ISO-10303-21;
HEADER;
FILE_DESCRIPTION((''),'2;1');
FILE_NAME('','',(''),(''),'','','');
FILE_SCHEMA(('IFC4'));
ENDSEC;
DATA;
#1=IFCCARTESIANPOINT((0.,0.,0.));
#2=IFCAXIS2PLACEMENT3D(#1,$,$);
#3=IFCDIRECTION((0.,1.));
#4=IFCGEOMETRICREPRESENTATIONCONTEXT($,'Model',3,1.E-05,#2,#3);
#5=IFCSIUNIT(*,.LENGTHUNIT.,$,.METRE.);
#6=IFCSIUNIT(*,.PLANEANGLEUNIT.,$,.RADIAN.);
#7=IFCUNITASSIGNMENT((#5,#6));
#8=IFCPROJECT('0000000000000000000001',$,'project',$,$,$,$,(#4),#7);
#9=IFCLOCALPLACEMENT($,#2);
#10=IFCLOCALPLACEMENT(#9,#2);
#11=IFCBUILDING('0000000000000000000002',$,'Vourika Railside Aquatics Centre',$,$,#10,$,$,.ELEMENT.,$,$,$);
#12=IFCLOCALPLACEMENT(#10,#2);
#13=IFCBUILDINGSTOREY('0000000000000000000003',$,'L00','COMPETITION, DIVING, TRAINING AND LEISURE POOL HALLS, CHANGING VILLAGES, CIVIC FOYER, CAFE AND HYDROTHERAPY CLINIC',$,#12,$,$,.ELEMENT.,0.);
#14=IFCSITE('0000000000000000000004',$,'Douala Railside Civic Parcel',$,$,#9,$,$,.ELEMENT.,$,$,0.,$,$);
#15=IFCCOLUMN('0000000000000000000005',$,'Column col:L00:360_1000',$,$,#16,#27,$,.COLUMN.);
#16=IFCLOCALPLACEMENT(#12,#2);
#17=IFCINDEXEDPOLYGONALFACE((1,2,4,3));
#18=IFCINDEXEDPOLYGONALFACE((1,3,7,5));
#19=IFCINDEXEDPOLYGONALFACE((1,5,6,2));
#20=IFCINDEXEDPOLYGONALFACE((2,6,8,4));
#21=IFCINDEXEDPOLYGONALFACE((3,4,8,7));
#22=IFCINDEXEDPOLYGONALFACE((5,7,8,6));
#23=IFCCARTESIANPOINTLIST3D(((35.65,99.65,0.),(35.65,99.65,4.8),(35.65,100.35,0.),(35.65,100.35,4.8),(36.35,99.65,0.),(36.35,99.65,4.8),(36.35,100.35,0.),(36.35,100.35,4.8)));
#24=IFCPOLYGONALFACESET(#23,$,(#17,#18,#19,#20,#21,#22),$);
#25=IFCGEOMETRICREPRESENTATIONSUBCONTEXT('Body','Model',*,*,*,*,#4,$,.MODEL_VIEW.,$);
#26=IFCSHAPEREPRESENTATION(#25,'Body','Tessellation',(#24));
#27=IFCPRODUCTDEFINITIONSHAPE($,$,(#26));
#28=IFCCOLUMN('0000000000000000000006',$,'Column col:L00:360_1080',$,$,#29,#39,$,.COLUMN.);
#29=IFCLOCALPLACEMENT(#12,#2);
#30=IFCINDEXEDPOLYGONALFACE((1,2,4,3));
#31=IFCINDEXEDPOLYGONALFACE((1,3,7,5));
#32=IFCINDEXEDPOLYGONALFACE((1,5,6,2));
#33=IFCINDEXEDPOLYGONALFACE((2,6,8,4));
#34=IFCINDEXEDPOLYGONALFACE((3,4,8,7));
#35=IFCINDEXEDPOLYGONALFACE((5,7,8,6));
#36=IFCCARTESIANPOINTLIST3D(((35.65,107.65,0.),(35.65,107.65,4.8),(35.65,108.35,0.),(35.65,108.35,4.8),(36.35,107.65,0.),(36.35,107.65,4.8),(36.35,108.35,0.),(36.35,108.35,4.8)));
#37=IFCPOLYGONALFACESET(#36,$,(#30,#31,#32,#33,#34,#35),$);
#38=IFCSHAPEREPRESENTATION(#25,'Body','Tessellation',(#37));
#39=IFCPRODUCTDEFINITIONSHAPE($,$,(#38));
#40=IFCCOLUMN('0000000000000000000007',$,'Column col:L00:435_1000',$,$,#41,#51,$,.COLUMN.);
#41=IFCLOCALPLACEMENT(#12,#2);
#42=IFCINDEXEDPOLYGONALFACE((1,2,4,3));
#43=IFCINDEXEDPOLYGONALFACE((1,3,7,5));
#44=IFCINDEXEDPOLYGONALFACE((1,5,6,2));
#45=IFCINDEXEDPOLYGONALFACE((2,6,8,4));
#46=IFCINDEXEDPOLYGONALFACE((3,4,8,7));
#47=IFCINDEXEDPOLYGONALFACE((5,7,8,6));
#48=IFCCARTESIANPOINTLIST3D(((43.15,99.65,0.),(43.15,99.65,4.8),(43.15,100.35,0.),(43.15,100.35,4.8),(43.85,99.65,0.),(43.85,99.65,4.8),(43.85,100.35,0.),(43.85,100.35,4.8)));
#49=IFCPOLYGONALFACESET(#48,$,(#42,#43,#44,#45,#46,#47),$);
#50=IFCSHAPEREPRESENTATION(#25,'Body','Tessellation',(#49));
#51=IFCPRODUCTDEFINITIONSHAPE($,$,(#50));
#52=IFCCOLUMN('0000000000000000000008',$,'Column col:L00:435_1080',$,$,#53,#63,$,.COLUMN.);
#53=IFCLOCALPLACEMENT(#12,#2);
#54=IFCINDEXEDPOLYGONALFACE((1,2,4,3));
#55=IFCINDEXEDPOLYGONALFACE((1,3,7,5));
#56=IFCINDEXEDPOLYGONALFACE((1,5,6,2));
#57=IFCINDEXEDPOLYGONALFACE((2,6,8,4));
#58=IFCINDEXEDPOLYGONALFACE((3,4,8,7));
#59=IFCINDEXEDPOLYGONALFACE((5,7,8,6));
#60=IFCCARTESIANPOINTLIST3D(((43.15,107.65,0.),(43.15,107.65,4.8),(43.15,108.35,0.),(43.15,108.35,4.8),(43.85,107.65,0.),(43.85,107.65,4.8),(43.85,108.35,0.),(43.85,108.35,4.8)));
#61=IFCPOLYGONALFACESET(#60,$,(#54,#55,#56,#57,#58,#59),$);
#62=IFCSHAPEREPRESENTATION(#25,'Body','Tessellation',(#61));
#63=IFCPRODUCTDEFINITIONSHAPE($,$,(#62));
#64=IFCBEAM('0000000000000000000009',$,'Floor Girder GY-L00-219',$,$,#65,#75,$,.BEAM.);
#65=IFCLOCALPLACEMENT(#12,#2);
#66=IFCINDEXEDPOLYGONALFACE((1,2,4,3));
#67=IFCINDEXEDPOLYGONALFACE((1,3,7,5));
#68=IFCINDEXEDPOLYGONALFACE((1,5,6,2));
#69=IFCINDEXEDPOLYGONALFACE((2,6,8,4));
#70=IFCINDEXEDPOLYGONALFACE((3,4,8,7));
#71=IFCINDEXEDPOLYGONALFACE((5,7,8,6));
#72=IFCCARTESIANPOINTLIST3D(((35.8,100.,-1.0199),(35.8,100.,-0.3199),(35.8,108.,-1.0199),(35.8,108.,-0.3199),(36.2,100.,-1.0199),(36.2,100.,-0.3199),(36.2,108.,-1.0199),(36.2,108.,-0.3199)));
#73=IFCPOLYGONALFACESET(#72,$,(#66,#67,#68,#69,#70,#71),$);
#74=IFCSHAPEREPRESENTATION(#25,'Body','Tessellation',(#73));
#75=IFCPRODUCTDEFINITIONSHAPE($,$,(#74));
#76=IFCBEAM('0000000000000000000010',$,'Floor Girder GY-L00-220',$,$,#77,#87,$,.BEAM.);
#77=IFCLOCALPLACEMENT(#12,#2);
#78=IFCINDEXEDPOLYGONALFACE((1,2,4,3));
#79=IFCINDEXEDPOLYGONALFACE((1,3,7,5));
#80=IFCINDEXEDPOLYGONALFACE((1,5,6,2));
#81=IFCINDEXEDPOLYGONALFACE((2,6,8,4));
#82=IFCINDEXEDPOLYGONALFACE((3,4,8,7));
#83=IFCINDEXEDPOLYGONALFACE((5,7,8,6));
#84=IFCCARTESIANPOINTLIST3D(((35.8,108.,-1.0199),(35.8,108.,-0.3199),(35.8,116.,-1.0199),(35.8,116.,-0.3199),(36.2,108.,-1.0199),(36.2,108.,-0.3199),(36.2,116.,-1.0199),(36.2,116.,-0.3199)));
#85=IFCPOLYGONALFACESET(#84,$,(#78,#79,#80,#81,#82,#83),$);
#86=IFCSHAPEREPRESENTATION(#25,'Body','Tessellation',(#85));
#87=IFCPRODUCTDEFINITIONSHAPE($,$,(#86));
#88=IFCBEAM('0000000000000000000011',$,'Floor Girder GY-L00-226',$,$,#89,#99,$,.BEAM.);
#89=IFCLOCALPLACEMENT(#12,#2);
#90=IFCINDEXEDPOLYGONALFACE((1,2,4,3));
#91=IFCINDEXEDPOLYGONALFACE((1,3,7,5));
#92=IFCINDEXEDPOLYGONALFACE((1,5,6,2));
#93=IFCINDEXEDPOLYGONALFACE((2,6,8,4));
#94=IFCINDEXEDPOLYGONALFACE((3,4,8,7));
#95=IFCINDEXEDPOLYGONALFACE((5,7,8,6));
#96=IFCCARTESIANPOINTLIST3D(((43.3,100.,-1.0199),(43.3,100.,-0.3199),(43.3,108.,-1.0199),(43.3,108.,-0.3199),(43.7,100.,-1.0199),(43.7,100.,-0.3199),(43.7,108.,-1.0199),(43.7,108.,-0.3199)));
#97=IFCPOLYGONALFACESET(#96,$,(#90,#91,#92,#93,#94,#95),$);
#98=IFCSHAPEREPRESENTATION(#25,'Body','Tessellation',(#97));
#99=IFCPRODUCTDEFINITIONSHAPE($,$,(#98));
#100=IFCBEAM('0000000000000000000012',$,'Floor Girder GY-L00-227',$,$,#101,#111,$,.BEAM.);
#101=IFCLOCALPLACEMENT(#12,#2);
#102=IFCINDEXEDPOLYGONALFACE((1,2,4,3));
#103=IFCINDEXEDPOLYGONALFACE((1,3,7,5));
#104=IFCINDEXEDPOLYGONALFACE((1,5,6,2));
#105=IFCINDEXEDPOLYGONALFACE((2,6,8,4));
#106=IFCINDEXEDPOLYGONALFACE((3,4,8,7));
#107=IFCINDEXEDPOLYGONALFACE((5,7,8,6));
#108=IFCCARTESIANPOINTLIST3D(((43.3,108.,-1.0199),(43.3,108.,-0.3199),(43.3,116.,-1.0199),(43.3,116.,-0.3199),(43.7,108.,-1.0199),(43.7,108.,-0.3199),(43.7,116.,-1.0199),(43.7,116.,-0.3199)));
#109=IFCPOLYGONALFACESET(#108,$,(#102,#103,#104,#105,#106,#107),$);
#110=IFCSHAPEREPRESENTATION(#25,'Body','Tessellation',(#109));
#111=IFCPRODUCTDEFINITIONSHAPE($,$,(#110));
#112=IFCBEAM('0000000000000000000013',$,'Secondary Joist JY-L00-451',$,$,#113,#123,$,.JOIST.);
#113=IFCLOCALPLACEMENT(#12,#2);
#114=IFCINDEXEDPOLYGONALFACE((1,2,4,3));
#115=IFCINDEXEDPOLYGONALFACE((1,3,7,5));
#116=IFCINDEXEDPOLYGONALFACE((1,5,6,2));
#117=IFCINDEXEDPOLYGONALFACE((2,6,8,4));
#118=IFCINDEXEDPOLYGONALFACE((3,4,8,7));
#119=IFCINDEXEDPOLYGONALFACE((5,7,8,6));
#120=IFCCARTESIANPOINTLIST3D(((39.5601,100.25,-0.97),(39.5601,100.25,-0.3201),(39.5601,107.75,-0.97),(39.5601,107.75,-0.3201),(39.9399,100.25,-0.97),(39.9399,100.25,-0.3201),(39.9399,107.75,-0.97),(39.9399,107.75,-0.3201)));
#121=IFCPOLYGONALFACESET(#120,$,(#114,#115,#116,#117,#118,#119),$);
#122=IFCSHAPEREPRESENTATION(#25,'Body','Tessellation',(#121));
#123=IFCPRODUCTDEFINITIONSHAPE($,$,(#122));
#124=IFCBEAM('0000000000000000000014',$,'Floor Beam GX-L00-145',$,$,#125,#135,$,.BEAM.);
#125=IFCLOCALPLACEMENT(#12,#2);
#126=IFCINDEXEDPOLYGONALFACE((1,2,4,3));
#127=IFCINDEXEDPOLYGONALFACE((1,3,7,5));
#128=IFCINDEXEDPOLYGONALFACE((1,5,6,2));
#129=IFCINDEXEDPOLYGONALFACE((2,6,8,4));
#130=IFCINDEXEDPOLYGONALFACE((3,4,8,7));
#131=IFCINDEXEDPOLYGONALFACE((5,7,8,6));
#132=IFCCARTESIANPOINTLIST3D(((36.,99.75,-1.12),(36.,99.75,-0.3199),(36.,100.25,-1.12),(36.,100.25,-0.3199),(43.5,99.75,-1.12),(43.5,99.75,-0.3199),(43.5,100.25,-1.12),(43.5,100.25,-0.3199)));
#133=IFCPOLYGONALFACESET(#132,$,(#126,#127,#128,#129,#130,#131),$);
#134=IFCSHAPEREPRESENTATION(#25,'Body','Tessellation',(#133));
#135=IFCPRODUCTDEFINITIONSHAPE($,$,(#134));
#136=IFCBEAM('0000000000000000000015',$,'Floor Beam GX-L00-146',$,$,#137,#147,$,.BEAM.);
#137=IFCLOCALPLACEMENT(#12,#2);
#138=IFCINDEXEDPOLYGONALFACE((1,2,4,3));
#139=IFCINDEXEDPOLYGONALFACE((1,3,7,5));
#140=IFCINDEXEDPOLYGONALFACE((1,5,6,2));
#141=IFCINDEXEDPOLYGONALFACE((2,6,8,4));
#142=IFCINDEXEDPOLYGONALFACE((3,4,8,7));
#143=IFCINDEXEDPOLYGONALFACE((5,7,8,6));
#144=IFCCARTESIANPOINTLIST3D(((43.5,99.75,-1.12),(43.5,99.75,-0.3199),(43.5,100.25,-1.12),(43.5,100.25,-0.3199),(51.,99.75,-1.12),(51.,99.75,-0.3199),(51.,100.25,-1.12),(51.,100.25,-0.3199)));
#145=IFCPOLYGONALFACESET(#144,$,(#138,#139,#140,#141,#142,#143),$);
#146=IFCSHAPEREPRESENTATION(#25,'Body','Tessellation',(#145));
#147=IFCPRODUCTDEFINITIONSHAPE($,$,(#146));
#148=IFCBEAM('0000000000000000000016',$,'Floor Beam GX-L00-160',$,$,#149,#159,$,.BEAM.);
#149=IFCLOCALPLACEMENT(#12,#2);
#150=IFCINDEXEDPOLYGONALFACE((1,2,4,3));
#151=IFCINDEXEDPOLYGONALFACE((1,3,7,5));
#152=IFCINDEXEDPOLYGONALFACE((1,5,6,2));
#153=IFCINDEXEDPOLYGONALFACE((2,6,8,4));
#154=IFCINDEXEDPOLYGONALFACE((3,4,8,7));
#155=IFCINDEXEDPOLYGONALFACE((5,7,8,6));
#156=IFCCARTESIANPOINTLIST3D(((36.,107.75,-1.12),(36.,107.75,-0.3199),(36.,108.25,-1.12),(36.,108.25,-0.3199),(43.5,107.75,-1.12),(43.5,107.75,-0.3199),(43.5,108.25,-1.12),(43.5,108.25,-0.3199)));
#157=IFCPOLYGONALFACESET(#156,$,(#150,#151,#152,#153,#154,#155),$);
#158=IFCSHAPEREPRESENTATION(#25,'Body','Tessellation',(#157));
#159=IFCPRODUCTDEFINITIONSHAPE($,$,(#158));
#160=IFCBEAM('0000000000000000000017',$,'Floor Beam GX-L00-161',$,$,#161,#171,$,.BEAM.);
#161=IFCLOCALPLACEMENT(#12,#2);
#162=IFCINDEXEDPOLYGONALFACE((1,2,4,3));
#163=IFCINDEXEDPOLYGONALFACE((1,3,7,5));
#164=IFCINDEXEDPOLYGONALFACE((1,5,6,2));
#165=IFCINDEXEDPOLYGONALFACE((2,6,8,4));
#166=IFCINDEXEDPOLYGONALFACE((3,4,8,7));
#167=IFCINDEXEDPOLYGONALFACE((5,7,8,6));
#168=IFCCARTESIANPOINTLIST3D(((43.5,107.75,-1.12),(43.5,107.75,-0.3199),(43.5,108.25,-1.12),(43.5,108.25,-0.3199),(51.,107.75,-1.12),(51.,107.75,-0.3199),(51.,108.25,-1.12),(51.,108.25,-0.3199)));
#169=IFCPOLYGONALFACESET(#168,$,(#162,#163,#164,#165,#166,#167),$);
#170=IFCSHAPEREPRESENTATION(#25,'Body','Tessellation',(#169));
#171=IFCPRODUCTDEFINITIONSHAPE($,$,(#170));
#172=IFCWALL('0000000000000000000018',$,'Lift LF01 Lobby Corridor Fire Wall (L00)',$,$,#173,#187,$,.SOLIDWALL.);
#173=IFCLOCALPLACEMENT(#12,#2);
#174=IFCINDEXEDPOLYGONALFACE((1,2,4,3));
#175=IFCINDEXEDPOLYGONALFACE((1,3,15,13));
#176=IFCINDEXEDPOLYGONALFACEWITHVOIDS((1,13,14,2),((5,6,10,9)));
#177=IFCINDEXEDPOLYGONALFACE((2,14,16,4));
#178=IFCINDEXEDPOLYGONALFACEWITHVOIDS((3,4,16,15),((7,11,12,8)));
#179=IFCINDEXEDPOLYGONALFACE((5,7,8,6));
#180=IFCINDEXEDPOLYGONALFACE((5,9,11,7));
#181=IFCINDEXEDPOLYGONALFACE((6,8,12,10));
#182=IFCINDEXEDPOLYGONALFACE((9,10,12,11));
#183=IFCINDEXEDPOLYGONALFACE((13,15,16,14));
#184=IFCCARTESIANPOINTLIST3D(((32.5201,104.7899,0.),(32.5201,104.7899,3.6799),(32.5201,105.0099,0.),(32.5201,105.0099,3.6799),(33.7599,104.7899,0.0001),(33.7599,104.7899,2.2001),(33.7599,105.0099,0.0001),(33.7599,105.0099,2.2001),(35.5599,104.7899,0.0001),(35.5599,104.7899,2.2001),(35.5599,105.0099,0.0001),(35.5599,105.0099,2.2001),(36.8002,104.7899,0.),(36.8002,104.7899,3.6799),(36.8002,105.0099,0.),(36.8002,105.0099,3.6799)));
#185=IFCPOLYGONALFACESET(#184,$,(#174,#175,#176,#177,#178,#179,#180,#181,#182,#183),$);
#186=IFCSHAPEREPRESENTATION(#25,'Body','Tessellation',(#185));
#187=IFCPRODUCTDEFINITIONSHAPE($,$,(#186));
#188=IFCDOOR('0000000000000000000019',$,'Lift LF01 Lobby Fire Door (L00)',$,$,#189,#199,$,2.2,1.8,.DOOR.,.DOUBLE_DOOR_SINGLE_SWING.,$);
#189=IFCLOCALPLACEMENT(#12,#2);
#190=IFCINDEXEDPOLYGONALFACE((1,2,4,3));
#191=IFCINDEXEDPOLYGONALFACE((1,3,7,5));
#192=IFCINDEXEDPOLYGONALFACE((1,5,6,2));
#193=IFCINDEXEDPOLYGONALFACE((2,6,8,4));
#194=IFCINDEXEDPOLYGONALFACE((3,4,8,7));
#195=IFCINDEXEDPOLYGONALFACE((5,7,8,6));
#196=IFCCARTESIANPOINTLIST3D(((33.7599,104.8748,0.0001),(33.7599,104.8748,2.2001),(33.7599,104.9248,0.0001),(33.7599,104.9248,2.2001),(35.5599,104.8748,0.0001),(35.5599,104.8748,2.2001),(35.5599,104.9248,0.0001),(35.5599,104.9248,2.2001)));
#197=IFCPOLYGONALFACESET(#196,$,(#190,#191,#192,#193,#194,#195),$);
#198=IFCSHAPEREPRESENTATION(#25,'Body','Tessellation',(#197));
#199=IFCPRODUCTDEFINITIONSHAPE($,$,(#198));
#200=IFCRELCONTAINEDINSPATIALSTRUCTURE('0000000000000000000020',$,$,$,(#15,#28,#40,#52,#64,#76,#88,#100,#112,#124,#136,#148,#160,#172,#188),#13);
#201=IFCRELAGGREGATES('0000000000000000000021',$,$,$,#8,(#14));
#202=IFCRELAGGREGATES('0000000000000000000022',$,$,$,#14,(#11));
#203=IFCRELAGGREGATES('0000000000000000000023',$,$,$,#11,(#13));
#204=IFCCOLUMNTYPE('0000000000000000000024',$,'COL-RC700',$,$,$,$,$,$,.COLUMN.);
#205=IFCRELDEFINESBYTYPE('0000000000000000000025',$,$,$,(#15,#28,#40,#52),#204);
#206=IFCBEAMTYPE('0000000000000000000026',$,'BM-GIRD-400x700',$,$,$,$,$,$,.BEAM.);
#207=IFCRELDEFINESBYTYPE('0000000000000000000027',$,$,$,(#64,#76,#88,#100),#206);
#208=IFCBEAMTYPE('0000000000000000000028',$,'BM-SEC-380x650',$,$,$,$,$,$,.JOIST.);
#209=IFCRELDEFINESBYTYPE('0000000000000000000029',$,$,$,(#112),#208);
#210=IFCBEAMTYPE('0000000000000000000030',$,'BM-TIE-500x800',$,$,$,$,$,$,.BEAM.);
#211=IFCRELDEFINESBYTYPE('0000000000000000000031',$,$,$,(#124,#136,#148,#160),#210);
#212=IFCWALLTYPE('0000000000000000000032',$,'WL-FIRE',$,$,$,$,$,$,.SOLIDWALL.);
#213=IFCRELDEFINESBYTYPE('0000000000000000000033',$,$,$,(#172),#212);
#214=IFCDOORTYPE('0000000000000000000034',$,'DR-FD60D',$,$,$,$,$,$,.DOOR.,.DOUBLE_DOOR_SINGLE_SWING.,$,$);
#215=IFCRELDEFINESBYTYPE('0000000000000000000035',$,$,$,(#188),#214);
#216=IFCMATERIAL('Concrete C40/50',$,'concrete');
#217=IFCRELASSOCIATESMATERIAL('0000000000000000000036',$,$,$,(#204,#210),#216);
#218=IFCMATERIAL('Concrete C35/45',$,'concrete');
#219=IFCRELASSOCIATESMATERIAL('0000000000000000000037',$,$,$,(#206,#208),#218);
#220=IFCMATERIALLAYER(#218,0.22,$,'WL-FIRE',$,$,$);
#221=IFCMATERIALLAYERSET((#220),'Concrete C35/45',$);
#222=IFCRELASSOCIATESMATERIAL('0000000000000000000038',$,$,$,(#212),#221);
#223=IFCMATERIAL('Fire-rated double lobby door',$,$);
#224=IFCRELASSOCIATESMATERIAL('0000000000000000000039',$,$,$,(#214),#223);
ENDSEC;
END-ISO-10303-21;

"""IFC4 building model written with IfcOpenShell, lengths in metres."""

from ifc_helpers import new_model, si_unit, direction, frame, frame_2d, origin, origin_2d, place, context, subcontext, project, spatial, rectangle, extrude, material, layer, layer_set, material_profile, profile_set, type_object, element, fill, save


model = new_model("IFC4")

# Units and contexts
model_context = context("Model", 3, precision=1e-05, world=origin(), true_north=direction((0.0, 1.0)))
body_context = subcontext(model_context, "Body", "Model", "MODEL_VIEW")
ifc_project = project(units=[si_unit("LENGTHUNIT", "METRE"), si_unit("PLANEANGLEUNIT", "RADIAN")], contexts=[model_context])

# Site, building, storey
site_placement = place(None, origin())
site = spatial("IfcSite", under=ifc_project, at=site_placement, Name="Douala Railside Civic Parcel", CompositionType="ELEMENT", RefElevation=0.0)
building_placement = place(site_placement, origin())
building = spatial("IfcBuilding", under=site, at=building_placement, Name="Vourika Railside Aquatics Centre", CompositionType="ELEMENT")
storey_placement = place(building_placement, origin())
storey = spatial("IfcBuildingStorey", under=building, at=storey_placement, Name="L00", Description="COMPETITION, DIVING, TRAINING AND LEISURE POOL HALLS, CHANGING VILLAGES, CIVIC FOYER, CAFE AND HYDROTHERAPY CLINIC", CompositionType="ELEMENT", Elevation=0.0)

# Columns
ifc_material_1 = material(Name="Concrete C40/50", Category="concrete")
ifc_material_profile_1 = material_profile(ifc_material_1, rectangle(XDim=0.7, YDim=0.7, at=origin_2d()), Name="RC 700x700")
ifc_profile_set_1 = profile_set([ifc_material_profile_1], Name="Concrete C40/50")
column_type = type_object("IfcColumnType", Name="COL-RC700", PredefinedType="COLUMN", material=ifc_profile_set_1)
for number, where, z_axis, x_axis, name in (
    (1, (36.0, 100.0, 0.0), (0.0, 0.0, 1.0), (1.0, 0.0, 0.0), "Column col:L00:360_1000"),
    (2, (36.0, 108.0, 0.0), (0.0, 0.0, 1.0), (1.0, 0.0, 0.0), "Column col:L00:360_1080"),
    (3, (43.5, 100.0, 0.0), (0.0, 0.0, 1.0), (1.0, 0.0, 0.0), "Column col:L00:435_1000"),
    (4, (43.5, 108.0, 0.0), (0.0, 0.0, 1.0), (1.0, 0.0, 0.0), "Column col:L00:435_1080"),
):
    element("IfcColumn", number, at=place(storey_placement, frame(where, z_axis=z_axis, x_axis=x_axis)), inside=storey, type_object=column_type, Name=name, PredefinedType="COLUMN", context=body_context, shape_type="SweptSolid", body=[
        extrude(rectangle(XDim=0.7, YDim=0.7, at=origin_2d()), origin(), (0.0, 0.0, 1.0), 4.8),
    ])

# Beams
ifc_material_2 = material(Name="Concrete C35/45", Category="concrete")
ifc_material_profile_2 = material_profile(ifc_material_2, rectangle(XDim=0.3999, YDim=0.7, at=origin_2d()), Name="RC 400x700")
ifc_profile_set_2 = profile_set([ifc_material_profile_2], Name="Concrete C35/45")
beam_type_1 = type_object("IfcBeamType", Name="BM-GIRD-400x700", PredefinedType="BEAM", material=ifc_profile_set_2)
for number, where, z_axis, x_axis, name in (
    (5, (36.0, 100.0, -0.6699), (0.0, 1.0, 0.0), (-1.0, 0.0, 0.0), "Floor Girder GY-L00-219"),
    (6, (36.0, 108.0, -0.6699), (0.0, 1.0, 0.0), (-1.0, 0.0, 0.0), "Floor Girder GY-L00-220"),
    (7, (43.5, 100.0, -0.6699), (0.0, 1.0, 0.0), (-1.0, 0.0, 0.0), "Floor Girder GY-L00-226"),
    (8, (43.5, 108.0, -0.6699), (0.0, 1.0, 0.0), (-1.0, 0.0, 0.0), "Floor Girder GY-L00-227"),
):
    element("IfcBeam", number, at=place(storey_placement, frame(where, z_axis=z_axis, x_axis=x_axis)), inside=storey, type_object=beam_type_1, Name=name, PredefinedType="BEAM", context=body_context, shape_type="SweptSolid", body=[
        extrude(rectangle(XDim=0.3999, YDim=0.7, at=origin_2d()), origin(), (0.0, 0.0, 1.0), 8.0),
    ])
ifc_material_profile_3 = material_profile(ifc_material_2, rectangle(XDim=0.3799, YDim=0.6499, at=origin_2d()), Name="RC 380x650")
ifc_profile_set_3 = profile_set([ifc_material_profile_3], Name="Concrete C35/45")
beam_type_2 = type_object("IfcBeamType", Name="BM-SEC-380x650", PredefinedType="JOIST", material=ifc_profile_set_3)
beam_placement = place(storey_placement, frame((39.75, 100.25, -0.645), z_axis=(0.0, 1.0, 0.0), x_axis=(-1.0, 0.0, 0.0)))
element("IfcBeam", 9, at=beam_placement, inside=storey, type_object=beam_type_2, Name="Secondary Joist JY-L00-451", PredefinedType="JOIST", context=body_context, shape_type="SweptSolid", body=[
    extrude(rectangle(XDim=0.3799, YDim=0.6499, at=origin_2d()), origin(), (0.0, 0.0, 1.0), 7.5),
])
ifc_material_profile_4 = material_profile(ifc_material_1, rectangle(XDim=0.5, YDim=0.8, at=origin_2d()), Name="RC 500x800")
ifc_profile_set_4 = profile_set([ifc_material_profile_4], Name="Concrete C40/50")
beam_type_3 = type_object("IfcBeamType", Name="BM-TIE-500x800", PredefinedType="BEAM", material=ifc_profile_set_4)
for number, where, z_axis, x_axis, name in (
    (10, (36.0, 100.0, -0.72), (1.0, 0.0, 0.0), (0.0, 1.0, 0.0), "Floor Beam GX-L00-145"),
    (11, (43.5, 100.0, -0.72), (1.0, 0.0, 0.0), (0.0, 1.0, 0.0), "Floor Beam GX-L00-146"),
    (12, (36.0, 108.0, -0.72), (1.0, 0.0, 0.0), (0.0, 1.0, 0.0), "Floor Beam GX-L00-160"),
    (13, (43.5, 108.0, -0.72), (1.0, 0.0, 0.0), (0.0, 1.0, 0.0), "Floor Beam GX-L00-161"),
):
    element("IfcBeam", number, at=place(storey_placement, frame(where, z_axis=z_axis, x_axis=x_axis)), inside=storey, type_object=beam_type_3, Name=name, PredefinedType="BEAM", context=body_context, shape_type="SweptSolid", body=[
        extrude(rectangle(XDim=0.5, YDim=0.8, at=origin_2d()), origin(), (0.0, 0.0, 1.0), 7.5),
    ])

# Wall, opening, door
ifc_layer_1 = layer(ifc_material_2, 0.22, Name="WL-FIRE")
ifc_layer_set_1 = layer_set([ifc_layer_1], Name="Concrete C35/45")
wall_type_1 = type_object("IfcWallType", Name="WL-FIRE", PredefinedType="SOLIDWALL", material=ifc_layer_set_1)
wall_1_placement = place(storey_placement, frame((32.52, 104.8999, 0.0), z_axis=(0.0, 0.0, 1.0), x_axis=(1.0, 0.0, 0.0)))
wall_1 = element("IfcWall", 14, at=wall_1_placement, inside=storey, type_object=wall_type_1, Name="Lift LF01 Lobby Corridor Fire Wall (L00)", PredefinedType="SOLIDWALL", context=body_context, shape_type="SweptSolid", body=[
    extrude(rectangle(XDim=4.28, YDim=0.22, at=frame_2d((2.1401, 0.0))), origin(), (0.0, 0.0, 1.0), 3.6799),
])
opening_1_placement = place(wall_1_placement, frame((1.24, 0.0, 0.0)))
opening_1 = element("IfcOpeningElement", 15, at=opening_1_placement, cuts=wall_1, PredefinedType="OPENING", context=body_context, shape_type="SweptSolid", body=[
    extrude(rectangle(XDim=1.8, YDim=2.2, at=frame_2d((0.8999, 1.1001))), frame((0.0, 0.1201, 0.0), z_axis=(0.0, -1.0, 0.0), x_axis=(1.0, 0.0, 0.0)), (0.0, 0.0, 1.0), 0.24),
])
ifc_material_3 = material(Name="Fire-rated double lobby door")
door_type_1 = type_object("IfcDoorType", Name="DR-FD60D", OperationType="DOUBLE_DOOR_SINGLE_SWING", PredefinedType="DOOR", material=ifc_material_3)
door_1_placement = place(opening_1_placement, origin())
door_1 = element("IfcDoor", 16, at=door_1_placement, inside=storey, type_object=door_type_1, Name="Lift LF01 Lobby Fire Door (L00)", OperationType="DOUBLE_DOOR_SINGLE_SWING", OverallHeight=2.2, OverallWidth=1.8, PredefinedType="DOOR", context=body_context, shape_type="SweptSolid", body=[
    extrude(rectangle(XDim=1.8, YDim=2.2, at=frame_2d((0.8999, 1.1001))), frame((0.0, 0.0249, 0.0), z_axis=(0.0, -1.0, 0.0), x_axis=(1.0, 0.0, 0.0)), (0.0, 0.0, 1.0), 0.05),
])
fill(opening_1, door_1)

save(model, "model.ifc")
